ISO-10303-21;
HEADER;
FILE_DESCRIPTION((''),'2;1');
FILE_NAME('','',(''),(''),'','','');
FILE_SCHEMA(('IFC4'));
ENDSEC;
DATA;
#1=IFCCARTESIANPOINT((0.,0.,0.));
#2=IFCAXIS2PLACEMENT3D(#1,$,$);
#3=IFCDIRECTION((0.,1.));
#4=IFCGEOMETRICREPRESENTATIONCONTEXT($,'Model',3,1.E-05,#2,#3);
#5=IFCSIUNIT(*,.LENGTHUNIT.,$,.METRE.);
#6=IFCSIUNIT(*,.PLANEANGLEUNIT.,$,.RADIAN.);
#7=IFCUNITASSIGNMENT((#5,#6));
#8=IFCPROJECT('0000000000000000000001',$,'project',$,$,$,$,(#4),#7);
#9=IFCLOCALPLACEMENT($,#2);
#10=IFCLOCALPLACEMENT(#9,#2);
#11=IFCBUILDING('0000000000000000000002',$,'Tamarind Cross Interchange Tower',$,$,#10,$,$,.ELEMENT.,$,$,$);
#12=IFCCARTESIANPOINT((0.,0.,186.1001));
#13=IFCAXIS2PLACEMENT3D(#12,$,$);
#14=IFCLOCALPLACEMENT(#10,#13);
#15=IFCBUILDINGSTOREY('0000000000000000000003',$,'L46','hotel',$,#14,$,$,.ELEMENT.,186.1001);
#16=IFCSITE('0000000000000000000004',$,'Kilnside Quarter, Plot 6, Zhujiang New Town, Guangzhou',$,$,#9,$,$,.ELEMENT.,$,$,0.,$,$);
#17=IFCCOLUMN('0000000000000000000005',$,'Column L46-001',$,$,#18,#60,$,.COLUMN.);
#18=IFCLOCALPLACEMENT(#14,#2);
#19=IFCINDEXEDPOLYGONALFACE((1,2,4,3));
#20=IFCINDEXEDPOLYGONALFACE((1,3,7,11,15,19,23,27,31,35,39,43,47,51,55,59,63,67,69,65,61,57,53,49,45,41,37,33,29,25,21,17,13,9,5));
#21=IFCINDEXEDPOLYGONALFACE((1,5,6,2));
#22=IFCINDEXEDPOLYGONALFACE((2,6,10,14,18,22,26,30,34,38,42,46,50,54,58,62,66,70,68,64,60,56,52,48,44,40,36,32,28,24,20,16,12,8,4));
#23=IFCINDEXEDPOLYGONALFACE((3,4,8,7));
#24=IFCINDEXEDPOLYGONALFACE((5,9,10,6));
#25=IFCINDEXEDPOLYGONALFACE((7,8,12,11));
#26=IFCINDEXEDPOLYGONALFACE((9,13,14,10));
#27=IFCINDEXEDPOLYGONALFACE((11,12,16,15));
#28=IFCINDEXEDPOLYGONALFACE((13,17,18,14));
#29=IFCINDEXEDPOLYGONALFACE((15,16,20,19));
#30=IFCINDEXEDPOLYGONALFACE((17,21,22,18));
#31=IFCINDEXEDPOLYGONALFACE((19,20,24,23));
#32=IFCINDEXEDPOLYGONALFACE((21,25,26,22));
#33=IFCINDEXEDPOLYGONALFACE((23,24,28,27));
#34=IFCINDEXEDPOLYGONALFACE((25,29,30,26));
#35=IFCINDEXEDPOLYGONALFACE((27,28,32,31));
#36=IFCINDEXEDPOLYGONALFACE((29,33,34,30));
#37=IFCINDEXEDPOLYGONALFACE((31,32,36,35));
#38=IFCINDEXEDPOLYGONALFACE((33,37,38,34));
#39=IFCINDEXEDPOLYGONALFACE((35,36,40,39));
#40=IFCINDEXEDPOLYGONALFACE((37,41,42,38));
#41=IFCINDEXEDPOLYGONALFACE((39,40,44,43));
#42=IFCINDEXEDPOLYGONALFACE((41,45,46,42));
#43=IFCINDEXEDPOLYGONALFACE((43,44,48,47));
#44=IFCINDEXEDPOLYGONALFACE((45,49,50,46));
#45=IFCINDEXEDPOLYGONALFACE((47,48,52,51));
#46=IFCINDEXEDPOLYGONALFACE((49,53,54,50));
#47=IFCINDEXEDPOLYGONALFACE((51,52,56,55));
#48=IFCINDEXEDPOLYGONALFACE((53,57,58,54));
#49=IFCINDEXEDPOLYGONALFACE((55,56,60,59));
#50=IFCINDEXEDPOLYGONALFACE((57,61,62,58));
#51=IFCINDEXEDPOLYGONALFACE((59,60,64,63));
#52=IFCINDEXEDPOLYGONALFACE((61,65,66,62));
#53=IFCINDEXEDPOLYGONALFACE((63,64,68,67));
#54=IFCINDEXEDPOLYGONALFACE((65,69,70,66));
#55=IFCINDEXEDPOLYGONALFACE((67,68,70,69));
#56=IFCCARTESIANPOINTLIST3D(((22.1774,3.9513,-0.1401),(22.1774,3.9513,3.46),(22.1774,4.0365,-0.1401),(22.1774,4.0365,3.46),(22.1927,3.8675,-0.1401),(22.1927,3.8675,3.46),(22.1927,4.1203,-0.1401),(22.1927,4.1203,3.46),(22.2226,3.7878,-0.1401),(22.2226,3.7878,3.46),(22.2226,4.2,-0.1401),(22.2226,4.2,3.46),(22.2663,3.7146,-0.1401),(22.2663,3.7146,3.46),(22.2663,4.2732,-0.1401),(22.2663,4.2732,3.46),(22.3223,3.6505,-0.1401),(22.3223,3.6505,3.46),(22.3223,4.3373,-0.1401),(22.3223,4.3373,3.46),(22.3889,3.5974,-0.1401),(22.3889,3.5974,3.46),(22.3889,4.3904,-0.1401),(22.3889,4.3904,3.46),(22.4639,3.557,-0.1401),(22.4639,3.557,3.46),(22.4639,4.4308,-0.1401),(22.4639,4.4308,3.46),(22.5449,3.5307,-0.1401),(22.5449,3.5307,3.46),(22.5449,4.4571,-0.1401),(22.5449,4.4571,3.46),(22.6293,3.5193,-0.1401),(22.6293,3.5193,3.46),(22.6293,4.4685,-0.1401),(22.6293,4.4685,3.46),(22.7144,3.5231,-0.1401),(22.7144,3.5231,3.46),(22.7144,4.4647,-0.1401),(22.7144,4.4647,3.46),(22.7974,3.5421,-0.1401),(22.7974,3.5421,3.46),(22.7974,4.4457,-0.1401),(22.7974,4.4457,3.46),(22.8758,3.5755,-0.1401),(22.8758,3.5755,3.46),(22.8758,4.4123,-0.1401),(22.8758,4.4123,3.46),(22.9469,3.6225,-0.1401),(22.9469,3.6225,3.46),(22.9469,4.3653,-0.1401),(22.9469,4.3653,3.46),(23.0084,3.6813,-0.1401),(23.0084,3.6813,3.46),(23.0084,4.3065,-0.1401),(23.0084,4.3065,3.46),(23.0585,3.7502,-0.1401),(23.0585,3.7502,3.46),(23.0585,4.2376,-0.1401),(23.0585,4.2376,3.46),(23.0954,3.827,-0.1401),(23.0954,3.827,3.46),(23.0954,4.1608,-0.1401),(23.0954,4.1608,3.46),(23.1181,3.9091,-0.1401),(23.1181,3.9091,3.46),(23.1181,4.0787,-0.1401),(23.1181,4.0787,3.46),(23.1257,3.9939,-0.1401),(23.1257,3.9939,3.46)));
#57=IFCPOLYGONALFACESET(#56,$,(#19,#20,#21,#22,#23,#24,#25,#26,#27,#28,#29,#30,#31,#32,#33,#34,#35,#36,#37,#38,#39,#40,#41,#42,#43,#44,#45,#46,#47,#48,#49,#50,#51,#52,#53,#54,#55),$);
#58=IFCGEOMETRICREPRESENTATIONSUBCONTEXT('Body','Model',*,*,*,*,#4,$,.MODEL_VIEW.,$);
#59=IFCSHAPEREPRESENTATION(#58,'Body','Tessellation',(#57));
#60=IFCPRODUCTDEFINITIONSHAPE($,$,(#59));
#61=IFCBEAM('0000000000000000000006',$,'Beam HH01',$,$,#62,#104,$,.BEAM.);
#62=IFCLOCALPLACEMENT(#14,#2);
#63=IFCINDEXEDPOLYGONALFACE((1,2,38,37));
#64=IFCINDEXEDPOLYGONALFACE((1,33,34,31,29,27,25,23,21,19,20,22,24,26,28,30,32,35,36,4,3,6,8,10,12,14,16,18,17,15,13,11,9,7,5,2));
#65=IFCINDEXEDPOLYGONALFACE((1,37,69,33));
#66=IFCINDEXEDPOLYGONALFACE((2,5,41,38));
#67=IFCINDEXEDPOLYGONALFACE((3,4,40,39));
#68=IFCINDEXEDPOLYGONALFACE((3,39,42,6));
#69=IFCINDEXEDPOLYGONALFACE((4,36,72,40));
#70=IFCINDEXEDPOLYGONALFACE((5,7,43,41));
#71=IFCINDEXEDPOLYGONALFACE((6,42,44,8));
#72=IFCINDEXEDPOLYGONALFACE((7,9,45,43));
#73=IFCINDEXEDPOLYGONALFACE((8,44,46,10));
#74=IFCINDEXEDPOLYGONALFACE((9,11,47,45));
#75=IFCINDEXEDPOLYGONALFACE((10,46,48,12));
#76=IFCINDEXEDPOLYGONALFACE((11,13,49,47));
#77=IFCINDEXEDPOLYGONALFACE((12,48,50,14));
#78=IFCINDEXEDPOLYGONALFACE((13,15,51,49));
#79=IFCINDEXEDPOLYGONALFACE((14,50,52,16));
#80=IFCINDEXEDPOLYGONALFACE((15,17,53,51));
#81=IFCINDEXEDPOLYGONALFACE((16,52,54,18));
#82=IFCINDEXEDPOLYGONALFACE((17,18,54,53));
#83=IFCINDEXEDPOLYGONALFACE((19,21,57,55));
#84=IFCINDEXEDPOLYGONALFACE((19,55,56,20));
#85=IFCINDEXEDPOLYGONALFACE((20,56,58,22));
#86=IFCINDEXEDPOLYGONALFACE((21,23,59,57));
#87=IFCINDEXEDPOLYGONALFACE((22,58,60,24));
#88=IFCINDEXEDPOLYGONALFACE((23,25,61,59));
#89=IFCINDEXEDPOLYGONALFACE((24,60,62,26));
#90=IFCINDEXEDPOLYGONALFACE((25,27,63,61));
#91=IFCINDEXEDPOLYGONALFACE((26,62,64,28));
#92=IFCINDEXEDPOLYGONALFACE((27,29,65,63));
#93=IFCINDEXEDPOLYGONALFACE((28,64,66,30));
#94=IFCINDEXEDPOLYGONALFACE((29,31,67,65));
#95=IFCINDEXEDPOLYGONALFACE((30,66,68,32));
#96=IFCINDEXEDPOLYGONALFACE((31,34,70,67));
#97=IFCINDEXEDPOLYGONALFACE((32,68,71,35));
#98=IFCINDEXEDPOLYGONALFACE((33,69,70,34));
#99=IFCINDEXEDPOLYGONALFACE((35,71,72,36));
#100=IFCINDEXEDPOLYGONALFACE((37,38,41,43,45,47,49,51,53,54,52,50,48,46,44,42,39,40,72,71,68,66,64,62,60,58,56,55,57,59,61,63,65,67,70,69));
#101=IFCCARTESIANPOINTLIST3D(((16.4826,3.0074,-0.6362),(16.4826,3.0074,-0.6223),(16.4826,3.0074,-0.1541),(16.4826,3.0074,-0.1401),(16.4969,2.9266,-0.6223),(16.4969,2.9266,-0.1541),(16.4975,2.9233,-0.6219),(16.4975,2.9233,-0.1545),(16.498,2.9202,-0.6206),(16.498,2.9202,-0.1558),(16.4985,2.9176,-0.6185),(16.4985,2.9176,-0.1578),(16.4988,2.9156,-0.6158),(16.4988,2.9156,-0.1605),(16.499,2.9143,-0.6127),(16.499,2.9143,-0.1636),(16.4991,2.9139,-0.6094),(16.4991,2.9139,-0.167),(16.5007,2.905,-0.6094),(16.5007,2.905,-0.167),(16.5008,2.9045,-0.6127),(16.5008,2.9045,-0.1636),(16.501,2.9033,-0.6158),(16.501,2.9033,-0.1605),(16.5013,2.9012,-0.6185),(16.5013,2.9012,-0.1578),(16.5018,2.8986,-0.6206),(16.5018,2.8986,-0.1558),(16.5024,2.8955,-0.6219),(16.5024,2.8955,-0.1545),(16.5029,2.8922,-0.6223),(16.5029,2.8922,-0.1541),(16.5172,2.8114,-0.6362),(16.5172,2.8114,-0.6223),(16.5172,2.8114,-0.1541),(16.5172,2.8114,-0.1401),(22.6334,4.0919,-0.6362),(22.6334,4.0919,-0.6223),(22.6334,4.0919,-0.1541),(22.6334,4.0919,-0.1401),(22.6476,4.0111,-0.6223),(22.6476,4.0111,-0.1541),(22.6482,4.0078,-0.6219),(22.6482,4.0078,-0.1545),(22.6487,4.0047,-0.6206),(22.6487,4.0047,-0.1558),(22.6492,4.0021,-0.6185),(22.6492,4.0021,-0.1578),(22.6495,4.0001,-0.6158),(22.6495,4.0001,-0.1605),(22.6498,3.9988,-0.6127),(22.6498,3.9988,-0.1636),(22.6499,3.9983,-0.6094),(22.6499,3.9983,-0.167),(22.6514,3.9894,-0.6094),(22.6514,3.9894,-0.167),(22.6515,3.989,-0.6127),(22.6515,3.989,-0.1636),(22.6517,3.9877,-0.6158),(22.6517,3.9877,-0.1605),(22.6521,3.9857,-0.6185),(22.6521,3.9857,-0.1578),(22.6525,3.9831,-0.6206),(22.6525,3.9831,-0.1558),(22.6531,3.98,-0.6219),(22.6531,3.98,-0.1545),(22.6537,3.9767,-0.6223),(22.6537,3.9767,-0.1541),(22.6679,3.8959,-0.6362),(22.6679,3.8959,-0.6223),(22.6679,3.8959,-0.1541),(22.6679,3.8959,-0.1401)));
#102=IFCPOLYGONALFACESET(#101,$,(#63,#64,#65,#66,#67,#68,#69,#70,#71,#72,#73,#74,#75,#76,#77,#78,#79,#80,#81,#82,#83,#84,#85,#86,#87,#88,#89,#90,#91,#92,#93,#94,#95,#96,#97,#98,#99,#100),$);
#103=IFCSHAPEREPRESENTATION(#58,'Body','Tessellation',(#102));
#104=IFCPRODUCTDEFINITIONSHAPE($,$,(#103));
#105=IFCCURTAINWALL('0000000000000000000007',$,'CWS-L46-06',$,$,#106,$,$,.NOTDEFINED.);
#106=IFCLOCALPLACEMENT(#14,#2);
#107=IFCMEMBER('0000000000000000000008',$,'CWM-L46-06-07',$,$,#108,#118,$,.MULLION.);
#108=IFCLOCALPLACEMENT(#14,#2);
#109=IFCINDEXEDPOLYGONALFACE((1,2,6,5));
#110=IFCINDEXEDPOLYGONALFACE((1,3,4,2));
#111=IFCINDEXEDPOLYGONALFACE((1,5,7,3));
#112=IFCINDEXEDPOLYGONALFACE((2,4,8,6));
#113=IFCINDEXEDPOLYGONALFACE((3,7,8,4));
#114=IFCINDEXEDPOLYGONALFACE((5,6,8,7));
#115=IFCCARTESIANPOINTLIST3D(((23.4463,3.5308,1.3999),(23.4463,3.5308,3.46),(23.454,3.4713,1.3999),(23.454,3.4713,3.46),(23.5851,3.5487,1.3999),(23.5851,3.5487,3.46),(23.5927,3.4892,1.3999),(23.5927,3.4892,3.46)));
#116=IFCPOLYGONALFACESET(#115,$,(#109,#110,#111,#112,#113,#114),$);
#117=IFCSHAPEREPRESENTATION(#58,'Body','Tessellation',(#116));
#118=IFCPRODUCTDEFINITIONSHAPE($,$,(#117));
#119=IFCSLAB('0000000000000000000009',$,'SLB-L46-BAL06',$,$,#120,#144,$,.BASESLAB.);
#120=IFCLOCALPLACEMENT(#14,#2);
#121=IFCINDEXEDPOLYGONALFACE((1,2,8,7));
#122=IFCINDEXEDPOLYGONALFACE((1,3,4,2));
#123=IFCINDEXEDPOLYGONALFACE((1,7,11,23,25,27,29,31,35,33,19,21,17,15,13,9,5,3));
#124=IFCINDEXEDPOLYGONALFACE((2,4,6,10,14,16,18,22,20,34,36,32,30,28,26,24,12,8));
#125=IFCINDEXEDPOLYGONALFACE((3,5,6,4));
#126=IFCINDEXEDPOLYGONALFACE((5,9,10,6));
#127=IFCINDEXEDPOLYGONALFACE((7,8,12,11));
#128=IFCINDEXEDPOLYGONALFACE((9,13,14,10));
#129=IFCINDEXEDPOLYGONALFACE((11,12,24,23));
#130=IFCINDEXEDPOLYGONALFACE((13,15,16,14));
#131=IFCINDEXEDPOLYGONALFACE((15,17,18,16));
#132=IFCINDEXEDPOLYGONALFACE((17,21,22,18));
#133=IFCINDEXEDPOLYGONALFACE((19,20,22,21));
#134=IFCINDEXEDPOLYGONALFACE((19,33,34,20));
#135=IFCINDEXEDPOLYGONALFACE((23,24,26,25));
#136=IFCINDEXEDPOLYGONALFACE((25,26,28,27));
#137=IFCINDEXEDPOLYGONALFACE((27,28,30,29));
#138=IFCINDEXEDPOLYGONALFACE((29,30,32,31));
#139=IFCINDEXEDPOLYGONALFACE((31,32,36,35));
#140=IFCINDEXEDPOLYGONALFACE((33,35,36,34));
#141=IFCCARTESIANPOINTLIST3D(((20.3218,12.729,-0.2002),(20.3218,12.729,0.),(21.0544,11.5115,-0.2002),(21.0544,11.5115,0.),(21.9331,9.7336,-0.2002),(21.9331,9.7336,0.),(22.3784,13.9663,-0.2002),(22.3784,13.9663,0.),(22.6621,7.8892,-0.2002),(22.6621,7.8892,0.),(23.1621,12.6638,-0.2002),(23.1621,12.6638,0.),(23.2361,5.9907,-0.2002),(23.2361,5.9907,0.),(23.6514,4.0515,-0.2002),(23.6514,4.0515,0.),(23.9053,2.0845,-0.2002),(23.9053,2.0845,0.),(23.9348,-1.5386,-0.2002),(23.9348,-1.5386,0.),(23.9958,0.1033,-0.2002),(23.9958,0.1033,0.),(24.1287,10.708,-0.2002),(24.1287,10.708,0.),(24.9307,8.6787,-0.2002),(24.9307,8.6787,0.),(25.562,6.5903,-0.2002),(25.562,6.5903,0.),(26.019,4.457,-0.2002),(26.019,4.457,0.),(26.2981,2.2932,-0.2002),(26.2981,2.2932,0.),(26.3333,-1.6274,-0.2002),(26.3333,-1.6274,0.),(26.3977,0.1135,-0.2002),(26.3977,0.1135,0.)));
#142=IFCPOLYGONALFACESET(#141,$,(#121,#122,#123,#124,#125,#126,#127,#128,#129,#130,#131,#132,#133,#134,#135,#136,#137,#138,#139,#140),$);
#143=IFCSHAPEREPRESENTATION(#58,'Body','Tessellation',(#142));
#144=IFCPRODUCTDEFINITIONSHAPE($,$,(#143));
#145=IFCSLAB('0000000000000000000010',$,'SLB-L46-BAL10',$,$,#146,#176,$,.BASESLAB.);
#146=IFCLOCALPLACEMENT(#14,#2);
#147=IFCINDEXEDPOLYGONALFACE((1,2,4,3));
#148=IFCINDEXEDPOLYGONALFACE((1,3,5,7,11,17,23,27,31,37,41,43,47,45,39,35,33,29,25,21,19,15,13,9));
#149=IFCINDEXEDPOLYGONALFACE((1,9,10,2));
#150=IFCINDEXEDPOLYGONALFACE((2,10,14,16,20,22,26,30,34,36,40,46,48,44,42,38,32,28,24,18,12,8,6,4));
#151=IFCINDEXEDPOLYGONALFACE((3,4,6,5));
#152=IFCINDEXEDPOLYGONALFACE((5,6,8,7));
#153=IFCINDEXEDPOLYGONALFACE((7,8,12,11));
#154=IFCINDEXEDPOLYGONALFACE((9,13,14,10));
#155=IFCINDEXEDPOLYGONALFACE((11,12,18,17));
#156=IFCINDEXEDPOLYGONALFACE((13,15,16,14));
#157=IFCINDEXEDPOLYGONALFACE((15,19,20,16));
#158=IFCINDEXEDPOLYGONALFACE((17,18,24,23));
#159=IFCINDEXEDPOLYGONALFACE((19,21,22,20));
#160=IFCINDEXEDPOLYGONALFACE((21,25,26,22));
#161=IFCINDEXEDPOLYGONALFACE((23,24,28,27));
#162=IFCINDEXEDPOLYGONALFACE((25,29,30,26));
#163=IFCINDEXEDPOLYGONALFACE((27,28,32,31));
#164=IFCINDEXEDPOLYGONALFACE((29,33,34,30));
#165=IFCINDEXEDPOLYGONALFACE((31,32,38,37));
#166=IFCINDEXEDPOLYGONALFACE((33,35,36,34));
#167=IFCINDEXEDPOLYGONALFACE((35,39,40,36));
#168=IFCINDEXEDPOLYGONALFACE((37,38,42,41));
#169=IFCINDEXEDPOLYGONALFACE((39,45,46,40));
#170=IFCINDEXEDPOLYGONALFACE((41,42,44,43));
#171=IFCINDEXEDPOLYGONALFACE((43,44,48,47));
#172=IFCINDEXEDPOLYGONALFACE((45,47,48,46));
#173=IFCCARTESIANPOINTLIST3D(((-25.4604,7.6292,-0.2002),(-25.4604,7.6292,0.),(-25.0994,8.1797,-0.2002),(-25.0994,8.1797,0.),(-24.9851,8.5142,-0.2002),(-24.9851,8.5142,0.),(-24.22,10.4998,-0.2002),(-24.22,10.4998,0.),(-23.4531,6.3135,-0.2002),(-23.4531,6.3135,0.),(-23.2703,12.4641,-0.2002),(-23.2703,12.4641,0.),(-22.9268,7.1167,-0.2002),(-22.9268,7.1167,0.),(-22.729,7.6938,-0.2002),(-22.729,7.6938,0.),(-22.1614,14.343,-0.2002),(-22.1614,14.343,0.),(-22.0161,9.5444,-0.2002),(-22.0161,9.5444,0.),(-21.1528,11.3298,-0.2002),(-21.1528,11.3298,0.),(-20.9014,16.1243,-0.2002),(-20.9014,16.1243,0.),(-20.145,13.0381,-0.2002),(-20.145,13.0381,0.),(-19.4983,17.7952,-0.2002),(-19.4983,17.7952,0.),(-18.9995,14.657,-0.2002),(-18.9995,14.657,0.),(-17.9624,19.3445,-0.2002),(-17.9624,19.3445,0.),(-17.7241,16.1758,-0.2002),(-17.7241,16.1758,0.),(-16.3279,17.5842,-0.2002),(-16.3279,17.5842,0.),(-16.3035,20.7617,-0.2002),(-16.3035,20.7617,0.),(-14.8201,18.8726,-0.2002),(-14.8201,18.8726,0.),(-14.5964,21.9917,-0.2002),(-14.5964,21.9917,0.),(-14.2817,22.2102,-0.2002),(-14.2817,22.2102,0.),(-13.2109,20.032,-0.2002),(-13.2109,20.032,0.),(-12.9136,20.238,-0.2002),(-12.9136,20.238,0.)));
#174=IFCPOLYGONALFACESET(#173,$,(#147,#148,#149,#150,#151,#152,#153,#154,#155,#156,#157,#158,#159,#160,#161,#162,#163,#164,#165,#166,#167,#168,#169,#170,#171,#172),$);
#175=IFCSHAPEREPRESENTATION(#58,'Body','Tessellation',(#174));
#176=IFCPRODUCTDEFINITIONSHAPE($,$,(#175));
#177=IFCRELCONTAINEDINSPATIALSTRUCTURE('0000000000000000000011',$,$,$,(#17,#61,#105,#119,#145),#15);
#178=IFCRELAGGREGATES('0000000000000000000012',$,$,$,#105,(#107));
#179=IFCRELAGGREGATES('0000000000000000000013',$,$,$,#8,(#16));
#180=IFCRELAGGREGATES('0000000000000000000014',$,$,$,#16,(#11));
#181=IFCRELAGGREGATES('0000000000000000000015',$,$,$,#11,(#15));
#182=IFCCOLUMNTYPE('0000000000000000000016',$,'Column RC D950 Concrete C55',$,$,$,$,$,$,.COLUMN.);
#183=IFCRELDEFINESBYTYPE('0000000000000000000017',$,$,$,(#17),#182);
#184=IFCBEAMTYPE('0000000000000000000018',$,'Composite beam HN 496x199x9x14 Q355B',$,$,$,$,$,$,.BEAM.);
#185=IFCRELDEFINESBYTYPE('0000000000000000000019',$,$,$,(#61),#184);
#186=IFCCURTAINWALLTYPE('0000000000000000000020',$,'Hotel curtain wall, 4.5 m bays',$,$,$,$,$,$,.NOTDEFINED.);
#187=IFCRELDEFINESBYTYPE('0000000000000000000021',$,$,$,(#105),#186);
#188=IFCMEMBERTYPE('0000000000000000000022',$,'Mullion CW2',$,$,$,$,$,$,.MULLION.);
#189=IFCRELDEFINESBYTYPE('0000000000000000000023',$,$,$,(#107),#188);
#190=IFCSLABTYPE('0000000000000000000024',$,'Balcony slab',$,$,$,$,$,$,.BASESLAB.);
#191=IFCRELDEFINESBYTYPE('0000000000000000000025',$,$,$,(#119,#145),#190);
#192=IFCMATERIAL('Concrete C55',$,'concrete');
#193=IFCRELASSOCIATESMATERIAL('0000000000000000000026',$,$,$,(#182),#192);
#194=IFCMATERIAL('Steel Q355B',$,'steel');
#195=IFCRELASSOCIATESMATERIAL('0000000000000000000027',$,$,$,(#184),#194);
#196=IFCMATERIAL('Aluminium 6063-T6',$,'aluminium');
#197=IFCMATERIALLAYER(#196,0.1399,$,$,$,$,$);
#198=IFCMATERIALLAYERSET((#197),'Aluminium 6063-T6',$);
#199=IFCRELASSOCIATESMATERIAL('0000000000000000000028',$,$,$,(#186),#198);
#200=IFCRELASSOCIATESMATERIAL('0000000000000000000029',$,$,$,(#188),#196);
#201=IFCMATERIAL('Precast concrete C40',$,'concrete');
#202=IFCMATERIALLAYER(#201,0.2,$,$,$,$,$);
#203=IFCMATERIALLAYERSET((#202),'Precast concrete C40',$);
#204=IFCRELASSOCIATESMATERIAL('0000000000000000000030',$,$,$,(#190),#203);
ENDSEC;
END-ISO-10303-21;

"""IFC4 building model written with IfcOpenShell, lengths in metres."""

from ifc_helpers import new_model, si_unit, direction, frame, origin, origin_2d, place, context, subcontext, project, spatial, polyline, rectangle, circle, i_section, outline, extrude, material, layer, layer_set, material_profile, profile_set, type_object, element, aggregate, save


model = new_model("IFC4")

# Units and contexts
model_context = context("Model", 3, precision=1e-05, world=origin(), true_north=direction((0.0, 1.0)))
body_context = subcontext(model_context, "Body", "Model", "MODEL_VIEW")
ifc_project = project(units=[si_unit("LENGTHUNIT", "METRE"), si_unit("PLANEANGLEUNIT", "RADIAN")], contexts=[model_context])

# Site, building, storey
site_placement = place(None, origin())
site = spatial("IfcSite", under=ifc_project, at=site_placement, Name="Kilnside Quarter, Plot 6, Zhujiang New Town, Guangzhou", CompositionType="ELEMENT", RefElevation=0.0)
building_placement = place(site_placement, origin())
building = spatial("IfcBuilding", under=site, at=building_placement, Name="Tamarind Cross Interchange Tower", CompositionType="ELEMENT")
storey_placement = place(building_placement, frame((0.0, 0.0, 186.1001)))
storey = spatial("IfcBuildingStorey", under=building, at=storey_placement, Name="L46", Description="hotel", CompositionType="ELEMENT", Elevation=186.1001)

# Column
ifc_material_1 = material(Name="Concrete C55", Category="concrete")
ifc_material_profile_1 = material_profile(ifc_material_1, circle(Radius=0.4751, at=origin_2d()), Name="RC D950")
ifc_profile_set_1 = profile_set([ifc_material_profile_1], Name="Concrete C55")
column_type = type_object("IfcColumnType", Name="Column RC D950 Concrete C55", PredefinedType="COLUMN", material=ifc_profile_set_1)
column_placement = place(storey_placement, frame((22.6506, 3.9939, -0.1401), z_axis=(0.0, 0.0, 1.0), x_axis=(1.0, 0.0, 0.0)))
element("IfcColumn", 1, at=column_placement, inside=storey, type_object=column_type, Name="Column L46-001", PredefinedType="COLUMN", context=body_context, shape_type="SweptSolid", body=[
    extrude(circle(Radius=0.4751, at=origin_2d()), origin(), (0.0, 0.0, 1.0), 3.6001),
])

# Beam
ifc_material_2 = material(Name="Steel Q355B", Category="steel")
ifc_material_profile_2 = material_profile(ifc_material_2, i_section(OverallWidth=0.199, OverallDepth=0.4961, WebThickness=0.009, FlangeThickness=0.0139, FilletRadius=0.0129, at=origin_2d()), Name="HN 496x199x9x14")
ifc_profile_set_2 = profile_set([ifc_material_profile_2], Name="Steel Q355B")
beam_type = type_object("IfcBeamType", Name="Composite beam HN 496x199x9x14 Q355B", PredefinedType="BEAM", material=ifc_profile_set_2)
beam_placement = place(storey_placement, frame((22.6506, 3.9939, -0.3882), z_axis=(-0.984809, -0.17364, 0.0), x_axis=(0.17364, -0.984809, 0.0)))
element("IfcBeam", 2, at=beam_placement, inside=storey, type_object=beam_type, Name="Beam HH01", PredefinedType="BEAM", context=body_context, shape_type="SweptSolid", body=[
    extrude(i_section(OverallWidth=0.199, OverallDepth=0.4961, WebThickness=0.009, FlangeThickness=0.0139, FilletRadius=0.0129, at=origin_2d()), origin(), (0.0, 0.0, 1.0), 6.2456),
])

# Curtain wall, member
ifc_material_3 = material(Name="Aluminium 6063-T6", Category="aluminium")
ifc_layer_1 = layer(ifc_material_3, 0.1399)
ifc_layer_set_1 = layer_set([ifc_layer_1], Name="Aluminium 6063-T6")
curtain_wall_type = type_object("IfcCurtainWallType", Name="Hotel curtain wall, 4.5 m bays", PredefinedType="NOTDEFINED", material=ifc_layer_set_1)
curtain_wall_placement = place(storey_placement, origin())
curtain_wall = element("IfcCurtainWall", 3, at=curtain_wall_placement, inside=storey, type_object=curtain_wall_type, Name="CWS-L46-06", PredefinedType="NOTDEFINED")
ifc_material_profile_3 = material_profile(ifc_material_3, rectangle(XDim=0.0601, YDim=0.1399, at=origin_2d()), Name="Mullion CW2")
ifc_profile_set_3 = profile_set([ifc_material_profile_3], Name="Aluminium 6063-T6")
member_type = type_object("IfcMemberType", Name="Mullion CW2", PredefinedType="MULLION", material=ifc_profile_set_3)
member_placement = place(storey_placement, frame((23.5195, 3.51, 1.3999), z_axis=(0.0, 0.0, 1.0), x_axis=(-0.127962, 0.991779, 0.0)))
member = element("IfcMember", 4, at=member_placement, type_object=member_type, Name="CWM-L46-06-07", PredefinedType="MULLION", context=body_context, shape_type="SweptSolid", body=[
    extrude(rectangle(XDim=0.0601, YDim=0.1399, at=origin_2d()), origin(), (0.0, 0.0, 1.0), 2.0601),
])
aggregate(curtain_wall, [member])

# Slabs
ifc_material_4 = material(Name="Precast concrete C40", Category="concrete")
ifc_layer_2 = layer(ifc_material_4, 0.2)
ifc_layer_set_2 = layer_set([ifc_layer_2], Name="Precast concrete C40")
slab_type_1 = type_object("IfcSlabType", Name="Balcony slab", PredefinedType="BASESLAB", material=ifc_layer_set_2)
slab_1_placement = place(storey_placement, frame((0.0, 0.0, -0.2002)))
element("IfcSlab", 5, at=slab_1_placement, inside=storey, type_object=slab_type_1, Name="SLB-L46-BAL06", PredefinedType="BASESLAB", context=body_context, shape_type="SweptSolid", body=[
    extrude(outline(polyline([(23.9348, -1.5386), (23.9958, 0.1033), (23.9053, 2.0845), (23.6514, 4.0515), (23.2361, 5.9907), (22.6621, 7.8892), (21.9331, 9.7336), (21.0544, 11.5115), (20.3218, 12.729), (22.3784, 13.9663), (23.1621, 12.6638), (24.1287, 10.708), (24.9307, 8.6787), (25.562, 6.5903), (26.019, 4.457), (26.2981, 2.2932), (26.3977, 0.1135), (26.3333, -1.6274), (23.9348, -1.5386)])), origin(), (0.0, 0.0, 1.0), 0.2002),
])
slab_2_placement = place(storey_placement, frame((0.0, 0.0, -0.2002)))
element("IfcSlab", 6, at=slab_2_placement, inside=storey, type_object=slab_type_1, Name="SLB-L46-BAL10", PredefinedType="BASESLAB", context=body_context, shape_type="SweptSolid", body=[
    extrude(outline(polyline([(-12.9136, 20.238), (-13.2109, 20.032), (-14.8201, 18.8726), (-16.3279, 17.5842), (-17.7241, 16.1758), (-18.9995, 14.657), (-20.145, 13.0381), (-21.1528, 11.3298), (-22.0161, 9.5444), (-22.729, 7.6938), (-22.9268, 7.1167), (-23.4531, 6.3135), (-25.4604, 7.6292), (-25.0994, 8.1797), (-24.9851, 8.5142), (-24.22, 10.4998), (-23.2703, 12.4641), (-22.1614, 14.343), (-20.9014, 16.1243), (-19.4983, 17.7952), (-17.9624, 19.3445), (-16.3035, 20.7617), (-14.5964, 21.9917), (-14.2817, 22.2102), (-12.9136, 20.238)])), origin(), (0.0, 0.0, 1.0), 0.2002),
])

save(model, "model.ifc")
